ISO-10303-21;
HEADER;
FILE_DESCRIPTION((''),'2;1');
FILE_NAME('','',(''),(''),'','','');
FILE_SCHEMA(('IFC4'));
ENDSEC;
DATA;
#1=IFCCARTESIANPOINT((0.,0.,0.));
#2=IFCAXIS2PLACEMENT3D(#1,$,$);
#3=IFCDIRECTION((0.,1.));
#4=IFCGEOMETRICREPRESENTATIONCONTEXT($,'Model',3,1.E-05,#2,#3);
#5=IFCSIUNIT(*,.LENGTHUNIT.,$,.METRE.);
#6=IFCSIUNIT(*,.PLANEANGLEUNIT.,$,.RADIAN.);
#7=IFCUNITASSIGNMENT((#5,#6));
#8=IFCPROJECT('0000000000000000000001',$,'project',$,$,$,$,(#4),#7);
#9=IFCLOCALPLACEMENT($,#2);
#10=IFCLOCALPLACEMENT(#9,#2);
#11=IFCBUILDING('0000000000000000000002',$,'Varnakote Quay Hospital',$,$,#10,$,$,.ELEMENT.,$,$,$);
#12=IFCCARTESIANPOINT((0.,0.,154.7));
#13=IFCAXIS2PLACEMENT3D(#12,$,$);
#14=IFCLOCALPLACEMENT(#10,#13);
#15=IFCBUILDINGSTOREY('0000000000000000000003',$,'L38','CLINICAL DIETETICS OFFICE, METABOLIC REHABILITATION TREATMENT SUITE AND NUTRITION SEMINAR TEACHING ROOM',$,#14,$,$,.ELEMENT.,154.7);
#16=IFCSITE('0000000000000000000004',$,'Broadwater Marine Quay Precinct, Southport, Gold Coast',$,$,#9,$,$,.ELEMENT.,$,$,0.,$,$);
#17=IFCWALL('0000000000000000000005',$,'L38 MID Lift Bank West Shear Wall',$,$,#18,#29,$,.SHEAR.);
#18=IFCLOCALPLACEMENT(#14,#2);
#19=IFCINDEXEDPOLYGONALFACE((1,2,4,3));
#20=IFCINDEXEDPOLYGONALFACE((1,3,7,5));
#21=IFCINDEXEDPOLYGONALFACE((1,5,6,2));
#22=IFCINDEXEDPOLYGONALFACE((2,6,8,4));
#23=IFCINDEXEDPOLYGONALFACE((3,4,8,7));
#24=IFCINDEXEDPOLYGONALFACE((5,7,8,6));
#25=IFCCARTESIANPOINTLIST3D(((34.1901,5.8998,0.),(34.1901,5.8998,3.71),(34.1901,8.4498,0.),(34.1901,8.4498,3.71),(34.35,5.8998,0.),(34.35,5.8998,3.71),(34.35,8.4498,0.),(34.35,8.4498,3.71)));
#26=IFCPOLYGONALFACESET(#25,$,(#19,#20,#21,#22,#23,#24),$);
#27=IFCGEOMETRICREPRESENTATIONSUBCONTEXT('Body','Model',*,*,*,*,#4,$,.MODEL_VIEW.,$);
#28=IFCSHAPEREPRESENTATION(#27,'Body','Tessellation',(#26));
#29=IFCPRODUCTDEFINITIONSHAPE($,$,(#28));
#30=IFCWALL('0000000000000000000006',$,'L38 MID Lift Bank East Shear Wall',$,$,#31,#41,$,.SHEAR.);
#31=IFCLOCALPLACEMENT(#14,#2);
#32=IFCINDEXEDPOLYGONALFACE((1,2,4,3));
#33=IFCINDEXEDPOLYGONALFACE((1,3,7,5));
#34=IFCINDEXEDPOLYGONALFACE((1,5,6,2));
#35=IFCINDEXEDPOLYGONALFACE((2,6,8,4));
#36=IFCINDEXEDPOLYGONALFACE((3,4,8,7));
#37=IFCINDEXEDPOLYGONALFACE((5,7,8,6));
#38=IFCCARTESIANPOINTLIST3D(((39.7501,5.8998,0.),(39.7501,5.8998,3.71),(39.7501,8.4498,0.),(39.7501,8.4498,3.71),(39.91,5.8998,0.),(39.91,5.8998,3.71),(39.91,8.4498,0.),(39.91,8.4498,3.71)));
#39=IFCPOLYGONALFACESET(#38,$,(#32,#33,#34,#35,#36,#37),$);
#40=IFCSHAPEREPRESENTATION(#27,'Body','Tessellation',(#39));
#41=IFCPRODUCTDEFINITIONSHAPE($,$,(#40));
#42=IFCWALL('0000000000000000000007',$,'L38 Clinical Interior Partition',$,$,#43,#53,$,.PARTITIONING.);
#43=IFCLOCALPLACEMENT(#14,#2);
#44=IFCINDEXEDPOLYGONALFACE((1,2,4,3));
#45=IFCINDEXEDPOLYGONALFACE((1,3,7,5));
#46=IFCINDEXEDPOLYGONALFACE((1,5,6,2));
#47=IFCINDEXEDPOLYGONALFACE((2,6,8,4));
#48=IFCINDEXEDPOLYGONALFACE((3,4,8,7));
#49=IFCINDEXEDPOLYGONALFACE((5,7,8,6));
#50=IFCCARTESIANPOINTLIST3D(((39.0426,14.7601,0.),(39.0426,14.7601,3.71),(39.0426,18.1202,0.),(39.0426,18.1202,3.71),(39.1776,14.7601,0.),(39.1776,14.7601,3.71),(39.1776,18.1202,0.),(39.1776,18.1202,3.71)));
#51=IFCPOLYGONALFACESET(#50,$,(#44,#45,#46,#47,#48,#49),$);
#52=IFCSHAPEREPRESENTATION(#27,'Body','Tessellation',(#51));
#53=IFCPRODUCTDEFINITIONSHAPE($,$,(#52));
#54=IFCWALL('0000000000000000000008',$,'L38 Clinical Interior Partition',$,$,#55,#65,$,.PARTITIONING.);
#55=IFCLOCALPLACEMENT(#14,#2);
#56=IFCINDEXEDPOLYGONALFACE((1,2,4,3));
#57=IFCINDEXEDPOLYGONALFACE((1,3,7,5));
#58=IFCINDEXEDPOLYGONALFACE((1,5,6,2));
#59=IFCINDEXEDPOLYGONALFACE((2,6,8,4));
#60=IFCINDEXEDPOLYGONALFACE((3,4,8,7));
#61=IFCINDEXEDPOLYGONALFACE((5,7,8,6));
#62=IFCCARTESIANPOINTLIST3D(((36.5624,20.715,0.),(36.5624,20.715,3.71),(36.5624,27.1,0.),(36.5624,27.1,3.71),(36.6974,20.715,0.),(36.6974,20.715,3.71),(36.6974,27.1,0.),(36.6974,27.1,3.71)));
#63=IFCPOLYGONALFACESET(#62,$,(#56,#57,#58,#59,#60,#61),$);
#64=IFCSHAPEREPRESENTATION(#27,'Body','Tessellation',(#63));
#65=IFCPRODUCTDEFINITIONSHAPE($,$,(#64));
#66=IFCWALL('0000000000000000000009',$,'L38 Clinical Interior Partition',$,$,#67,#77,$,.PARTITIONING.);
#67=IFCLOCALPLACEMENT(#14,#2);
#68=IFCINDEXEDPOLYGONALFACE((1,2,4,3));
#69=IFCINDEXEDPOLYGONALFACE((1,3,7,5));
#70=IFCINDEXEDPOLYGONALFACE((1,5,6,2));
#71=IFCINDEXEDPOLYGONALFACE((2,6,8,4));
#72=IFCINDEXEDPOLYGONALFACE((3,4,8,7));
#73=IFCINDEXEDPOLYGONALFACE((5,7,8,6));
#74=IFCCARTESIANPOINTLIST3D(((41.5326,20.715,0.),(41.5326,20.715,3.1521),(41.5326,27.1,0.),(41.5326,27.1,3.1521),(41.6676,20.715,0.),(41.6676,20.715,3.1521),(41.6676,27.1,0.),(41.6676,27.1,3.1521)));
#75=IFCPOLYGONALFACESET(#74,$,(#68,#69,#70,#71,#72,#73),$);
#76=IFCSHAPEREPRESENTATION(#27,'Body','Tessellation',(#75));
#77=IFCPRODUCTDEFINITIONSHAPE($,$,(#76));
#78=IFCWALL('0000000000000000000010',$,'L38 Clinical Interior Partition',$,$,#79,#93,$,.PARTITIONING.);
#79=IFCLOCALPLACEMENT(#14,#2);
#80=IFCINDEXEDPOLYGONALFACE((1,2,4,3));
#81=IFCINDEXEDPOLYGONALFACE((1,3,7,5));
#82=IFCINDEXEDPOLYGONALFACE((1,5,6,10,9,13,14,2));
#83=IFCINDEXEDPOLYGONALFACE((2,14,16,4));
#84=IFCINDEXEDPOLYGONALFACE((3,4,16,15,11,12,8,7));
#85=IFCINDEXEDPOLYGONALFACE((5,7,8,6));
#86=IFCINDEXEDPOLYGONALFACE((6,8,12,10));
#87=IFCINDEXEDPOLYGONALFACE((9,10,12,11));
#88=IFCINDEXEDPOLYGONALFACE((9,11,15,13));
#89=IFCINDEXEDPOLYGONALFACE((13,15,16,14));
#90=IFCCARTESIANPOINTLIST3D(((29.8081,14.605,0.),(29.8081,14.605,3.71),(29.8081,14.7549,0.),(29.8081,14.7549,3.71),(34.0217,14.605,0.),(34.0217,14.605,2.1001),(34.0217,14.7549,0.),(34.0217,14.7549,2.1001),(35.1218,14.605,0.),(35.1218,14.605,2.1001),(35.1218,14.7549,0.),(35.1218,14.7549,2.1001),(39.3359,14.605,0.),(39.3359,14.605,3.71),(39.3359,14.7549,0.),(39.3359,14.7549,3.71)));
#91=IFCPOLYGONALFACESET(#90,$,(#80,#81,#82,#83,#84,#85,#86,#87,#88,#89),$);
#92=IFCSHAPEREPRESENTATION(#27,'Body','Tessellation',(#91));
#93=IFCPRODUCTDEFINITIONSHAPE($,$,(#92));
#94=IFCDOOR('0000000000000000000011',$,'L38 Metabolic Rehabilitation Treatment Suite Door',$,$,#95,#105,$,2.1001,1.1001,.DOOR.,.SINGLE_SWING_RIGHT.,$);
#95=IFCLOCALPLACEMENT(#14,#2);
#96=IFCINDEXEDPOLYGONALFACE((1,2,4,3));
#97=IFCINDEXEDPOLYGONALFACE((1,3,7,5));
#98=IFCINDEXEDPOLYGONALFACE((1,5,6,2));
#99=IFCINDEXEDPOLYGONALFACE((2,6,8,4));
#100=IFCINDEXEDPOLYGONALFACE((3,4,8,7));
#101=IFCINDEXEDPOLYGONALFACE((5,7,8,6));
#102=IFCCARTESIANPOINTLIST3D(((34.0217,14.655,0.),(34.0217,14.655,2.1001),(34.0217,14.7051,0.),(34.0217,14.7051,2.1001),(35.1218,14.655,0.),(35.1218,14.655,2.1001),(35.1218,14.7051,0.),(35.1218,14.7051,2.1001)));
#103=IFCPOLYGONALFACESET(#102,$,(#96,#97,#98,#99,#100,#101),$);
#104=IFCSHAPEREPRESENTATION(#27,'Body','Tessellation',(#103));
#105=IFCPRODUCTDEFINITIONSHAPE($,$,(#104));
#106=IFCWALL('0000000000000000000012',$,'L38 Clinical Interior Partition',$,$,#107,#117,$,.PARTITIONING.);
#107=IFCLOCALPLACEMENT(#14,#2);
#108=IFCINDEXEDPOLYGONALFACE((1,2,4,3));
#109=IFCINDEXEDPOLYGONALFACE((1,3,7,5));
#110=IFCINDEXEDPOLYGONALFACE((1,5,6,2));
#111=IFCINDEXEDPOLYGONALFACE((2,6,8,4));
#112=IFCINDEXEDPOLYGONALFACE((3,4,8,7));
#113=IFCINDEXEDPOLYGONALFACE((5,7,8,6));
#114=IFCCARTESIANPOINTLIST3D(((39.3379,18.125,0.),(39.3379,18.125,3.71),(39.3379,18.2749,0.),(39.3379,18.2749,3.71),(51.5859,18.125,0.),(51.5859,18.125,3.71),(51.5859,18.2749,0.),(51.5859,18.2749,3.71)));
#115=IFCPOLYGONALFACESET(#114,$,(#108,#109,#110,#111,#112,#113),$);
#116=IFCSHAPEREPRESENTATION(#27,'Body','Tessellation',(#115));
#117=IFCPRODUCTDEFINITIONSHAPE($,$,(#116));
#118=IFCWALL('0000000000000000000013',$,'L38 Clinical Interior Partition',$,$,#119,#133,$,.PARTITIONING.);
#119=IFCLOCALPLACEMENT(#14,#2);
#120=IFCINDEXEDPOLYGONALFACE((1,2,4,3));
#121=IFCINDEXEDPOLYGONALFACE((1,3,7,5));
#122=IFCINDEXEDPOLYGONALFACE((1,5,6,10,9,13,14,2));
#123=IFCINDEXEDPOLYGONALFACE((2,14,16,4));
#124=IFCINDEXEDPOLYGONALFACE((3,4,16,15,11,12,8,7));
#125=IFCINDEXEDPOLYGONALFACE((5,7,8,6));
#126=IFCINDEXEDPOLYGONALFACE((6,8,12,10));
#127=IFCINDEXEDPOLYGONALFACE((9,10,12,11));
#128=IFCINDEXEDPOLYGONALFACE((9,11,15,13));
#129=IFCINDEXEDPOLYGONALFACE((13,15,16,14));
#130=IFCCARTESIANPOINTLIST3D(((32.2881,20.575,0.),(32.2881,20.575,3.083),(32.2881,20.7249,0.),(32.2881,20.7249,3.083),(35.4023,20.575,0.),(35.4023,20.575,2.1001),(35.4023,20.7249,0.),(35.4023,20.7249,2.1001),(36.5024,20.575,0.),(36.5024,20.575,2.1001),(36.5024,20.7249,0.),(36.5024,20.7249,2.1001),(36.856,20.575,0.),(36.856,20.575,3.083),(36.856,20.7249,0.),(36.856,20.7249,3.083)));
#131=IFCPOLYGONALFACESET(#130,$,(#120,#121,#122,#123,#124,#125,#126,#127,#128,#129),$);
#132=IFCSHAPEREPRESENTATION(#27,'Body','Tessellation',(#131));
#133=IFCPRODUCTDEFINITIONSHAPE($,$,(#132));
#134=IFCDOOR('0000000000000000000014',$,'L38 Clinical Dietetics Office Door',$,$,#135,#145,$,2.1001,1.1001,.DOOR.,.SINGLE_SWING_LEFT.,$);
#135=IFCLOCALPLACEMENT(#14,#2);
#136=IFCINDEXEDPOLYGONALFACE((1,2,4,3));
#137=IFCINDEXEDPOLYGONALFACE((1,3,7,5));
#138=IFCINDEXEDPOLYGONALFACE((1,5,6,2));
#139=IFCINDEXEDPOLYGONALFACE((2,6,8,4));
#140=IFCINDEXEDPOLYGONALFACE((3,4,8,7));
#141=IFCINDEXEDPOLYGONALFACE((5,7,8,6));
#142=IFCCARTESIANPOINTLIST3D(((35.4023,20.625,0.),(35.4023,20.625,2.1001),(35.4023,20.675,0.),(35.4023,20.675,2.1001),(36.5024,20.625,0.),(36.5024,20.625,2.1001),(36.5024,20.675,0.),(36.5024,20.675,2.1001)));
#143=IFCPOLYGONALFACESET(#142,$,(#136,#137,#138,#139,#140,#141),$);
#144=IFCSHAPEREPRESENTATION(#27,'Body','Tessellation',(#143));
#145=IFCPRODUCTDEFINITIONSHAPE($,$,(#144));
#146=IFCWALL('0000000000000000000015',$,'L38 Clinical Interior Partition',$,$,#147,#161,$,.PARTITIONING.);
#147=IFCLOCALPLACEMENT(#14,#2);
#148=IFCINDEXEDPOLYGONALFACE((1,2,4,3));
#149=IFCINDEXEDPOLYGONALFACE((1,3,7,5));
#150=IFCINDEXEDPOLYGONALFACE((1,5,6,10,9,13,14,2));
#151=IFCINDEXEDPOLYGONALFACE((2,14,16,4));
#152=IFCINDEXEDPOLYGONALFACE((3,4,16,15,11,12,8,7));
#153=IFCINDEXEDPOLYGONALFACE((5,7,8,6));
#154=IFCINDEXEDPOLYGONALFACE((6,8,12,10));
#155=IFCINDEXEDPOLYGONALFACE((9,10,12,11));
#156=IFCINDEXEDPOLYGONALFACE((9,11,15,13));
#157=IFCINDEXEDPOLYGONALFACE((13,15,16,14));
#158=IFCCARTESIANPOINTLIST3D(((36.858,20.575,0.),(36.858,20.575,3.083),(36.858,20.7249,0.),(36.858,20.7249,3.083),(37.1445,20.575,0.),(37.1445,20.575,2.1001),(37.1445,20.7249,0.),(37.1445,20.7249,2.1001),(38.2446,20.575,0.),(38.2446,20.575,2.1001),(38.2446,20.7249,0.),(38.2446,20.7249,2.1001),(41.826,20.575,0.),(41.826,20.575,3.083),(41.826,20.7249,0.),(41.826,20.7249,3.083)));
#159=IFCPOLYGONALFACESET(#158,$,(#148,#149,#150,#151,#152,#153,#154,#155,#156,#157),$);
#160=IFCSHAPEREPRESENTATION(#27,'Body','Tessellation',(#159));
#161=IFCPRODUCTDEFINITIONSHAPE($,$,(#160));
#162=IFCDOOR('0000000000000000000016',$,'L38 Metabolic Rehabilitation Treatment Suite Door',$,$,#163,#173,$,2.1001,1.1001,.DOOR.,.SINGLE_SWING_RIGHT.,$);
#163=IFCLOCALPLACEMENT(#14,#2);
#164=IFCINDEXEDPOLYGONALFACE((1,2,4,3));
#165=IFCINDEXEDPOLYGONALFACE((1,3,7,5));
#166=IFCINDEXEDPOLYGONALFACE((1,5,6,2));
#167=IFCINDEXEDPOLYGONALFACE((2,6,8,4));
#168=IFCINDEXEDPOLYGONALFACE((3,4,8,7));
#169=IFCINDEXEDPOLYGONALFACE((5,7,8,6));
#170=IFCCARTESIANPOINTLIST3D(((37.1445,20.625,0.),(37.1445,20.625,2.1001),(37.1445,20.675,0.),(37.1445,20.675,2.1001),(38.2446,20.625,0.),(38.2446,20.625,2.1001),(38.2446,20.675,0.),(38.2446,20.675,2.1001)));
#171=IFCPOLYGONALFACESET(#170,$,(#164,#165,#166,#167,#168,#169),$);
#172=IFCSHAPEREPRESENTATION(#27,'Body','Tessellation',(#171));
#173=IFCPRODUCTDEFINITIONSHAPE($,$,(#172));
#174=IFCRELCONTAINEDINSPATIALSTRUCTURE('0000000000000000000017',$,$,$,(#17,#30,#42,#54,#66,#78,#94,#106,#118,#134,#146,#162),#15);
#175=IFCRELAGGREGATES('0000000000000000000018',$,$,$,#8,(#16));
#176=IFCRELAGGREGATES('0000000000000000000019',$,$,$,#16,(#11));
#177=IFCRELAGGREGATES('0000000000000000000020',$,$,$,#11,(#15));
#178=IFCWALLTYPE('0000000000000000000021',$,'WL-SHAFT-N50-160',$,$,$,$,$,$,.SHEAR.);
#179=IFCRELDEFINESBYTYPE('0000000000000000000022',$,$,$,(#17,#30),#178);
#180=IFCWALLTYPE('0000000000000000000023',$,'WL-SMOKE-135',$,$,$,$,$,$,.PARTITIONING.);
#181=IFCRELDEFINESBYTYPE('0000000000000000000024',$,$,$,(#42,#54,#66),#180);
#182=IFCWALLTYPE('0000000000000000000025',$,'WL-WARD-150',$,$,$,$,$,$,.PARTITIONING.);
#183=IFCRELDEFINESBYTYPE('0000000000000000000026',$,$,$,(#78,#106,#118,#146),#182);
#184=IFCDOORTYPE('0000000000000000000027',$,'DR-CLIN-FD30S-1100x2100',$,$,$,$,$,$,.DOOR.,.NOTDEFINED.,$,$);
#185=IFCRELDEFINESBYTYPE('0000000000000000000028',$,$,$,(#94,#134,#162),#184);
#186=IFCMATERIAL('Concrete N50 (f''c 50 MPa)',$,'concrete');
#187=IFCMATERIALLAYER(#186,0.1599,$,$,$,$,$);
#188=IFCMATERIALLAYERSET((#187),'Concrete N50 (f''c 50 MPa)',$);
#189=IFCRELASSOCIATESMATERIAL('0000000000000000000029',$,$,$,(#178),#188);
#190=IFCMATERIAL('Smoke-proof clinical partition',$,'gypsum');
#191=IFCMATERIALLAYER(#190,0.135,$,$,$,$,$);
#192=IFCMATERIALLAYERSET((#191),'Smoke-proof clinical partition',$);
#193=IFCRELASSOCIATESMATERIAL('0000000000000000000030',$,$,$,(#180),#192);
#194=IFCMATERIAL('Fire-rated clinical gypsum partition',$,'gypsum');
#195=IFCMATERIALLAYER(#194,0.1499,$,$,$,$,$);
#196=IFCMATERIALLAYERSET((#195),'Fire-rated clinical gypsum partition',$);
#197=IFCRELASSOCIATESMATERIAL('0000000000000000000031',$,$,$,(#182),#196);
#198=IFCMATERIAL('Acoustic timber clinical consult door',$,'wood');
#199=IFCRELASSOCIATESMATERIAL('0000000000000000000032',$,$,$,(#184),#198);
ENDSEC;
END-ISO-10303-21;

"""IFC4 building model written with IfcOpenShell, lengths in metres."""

from ifc_helpers import new_model, si_unit, direction, frame, frame_2d, origin, place, context, subcontext, project, spatial, rectangle, extrude, material, layer, layer_set, type_object, element, fill, save


model = new_model("IFC4")

# Units and contexts
model_context = context("Model", 3, precision=1e-05, world=origin(), true_north=direction((0.0, 1.0)))
body_context = subcontext(model_context, "Body", "Model", "MODEL_VIEW")
ifc_project = project(units=[si_unit("LENGTHUNIT", "METRE"), si_unit("PLANEANGLEUNIT", "RADIAN")], contexts=[model_context])

# Site, building, storey
site_placement = place(None, origin())
site = spatial("IfcSite", under=ifc_project, at=site_placement, Name="Broadwater Marine Quay Precinct, Southport, Gold Coast", CompositionType="ELEMENT", RefElevation=0.0)
building_placement = place(site_placement, origin())
building = spatial("IfcBuilding", under=site, at=building_placement, Name="Varnakote Quay Hospital", CompositionType="ELEMENT")
storey_placement = place(building_placement, frame((0.0, 0.0, 154.7)))
storey = spatial("IfcBuildingStorey", under=building, at=storey_placement, Name="L38", Description="CLINICAL DIETETICS OFFICE, METABOLIC REHABILITATION TREATMENT SUITE AND NUTRITION SEMINAR TEACHING ROOM", CompositionType="ELEMENT", Elevation=154.7)

# Walls
ifc_material_1 = material(Name="Concrete N50 (f'c 50 MPa)", Category="concrete")
ifc_layer_1 = layer(ifc_material_1, 0.1599)
ifc_layer_set_1 = layer_set([ifc_layer_1], Name="Concrete N50 (f'c 50 MPa)")
wall_type_1 = type_object("IfcWallType", Name="WL-SHAFT-N50-160", PredefinedType="SHEAR", material=ifc_layer_set_1)
for number, where, z_axis, x_axis, name in (
    (1, (34.27, 5.8999, 0.0), (0.0, 0.0, 1.0), (0.0, 1.0, 0.0), "L38 MID Lift Bank West Shear Wall"),
    (2, (39.8301, 5.8999, 0.0), (0.0, 0.0, 1.0), (0.0, 1.0, 0.0), "L38 MID Lift Bank East Shear Wall"),
):
    element("IfcWall", number, at=place(storey_placement, frame(where, z_axis=z_axis, x_axis=x_axis)), inside=storey, type_object=wall_type_1, Name=name, PredefinedType="SHEAR", context=body_context, shape_type="SweptSolid", body=[
        extrude(rectangle(XDim=2.55, YDim=0.1599, at=frame_2d((1.2749, 0.0))), origin(), (0.0, 0.0, 1.0), 3.71),
    ])

# Walls
ifc_material_2 = material(Name="Smoke-proof clinical partition", Category="gypsum")
ifc_layer_2 = layer(ifc_material_2, 0.135)
ifc_layer_set_2 = layer_set([ifc_layer_2], Name="Smoke-proof clinical partition")
wall_type_2 = type_object("IfcWallType", Name="WL-SMOKE-135", PredefinedType="PARTITIONING", material=ifc_layer_set_2)
wall_1_placement = place(storey_placement, frame((39.1101, 14.76, 0.0), z_axis=(0.0, 0.0, 1.0), x_axis=(0.0, 1.0, 0.0)))
element("IfcWall", 3, at=wall_1_placement, inside=storey, type_object=wall_type_2, Name="L38 Clinical Interior Partition", PredefinedType="PARTITIONING", context=body_context, shape_type="SweptSolid", body=[
    extrude(rectangle(XDim=3.3601, YDim=0.135, at=frame_2d((1.6802, 0.0))), origin(), (0.0, 0.0, 1.0), 3.71),
])
wall_2_placement = place(storey_placement, frame((36.6299, 20.7151, 0.0), z_axis=(0.0, 0.0, 1.0), x_axis=(0.0, 1.0, 0.0)))
element("IfcWall", 4, at=wall_2_placement, inside=storey, type_object=wall_type_2, Name="L38 Clinical Interior Partition", PredefinedType="PARTITIONING", context=body_context, shape_type="SweptSolid", body=[
    extrude(rectangle(XDim=6.385, YDim=0.135, at=frame_2d((3.1924, 0.0))), origin(), (0.0, 0.0, 1.0), 3.71),
])
wall_3_placement = place(storey_placement, frame((41.6001, 20.7151, 0.0), z_axis=(0.0, 0.0, 1.0), x_axis=(0.0, 1.0, 0.0)))
element("IfcWall", 5, at=wall_3_placement, inside=storey, type_object=wall_type_2, Name="L38 Clinical Interior Partition", PredefinedType="PARTITIONING", context=body_context, shape_type="SweptSolid", body=[
    extrude(rectangle(XDim=6.385, YDim=0.135, at=frame_2d((3.1924, 0.0))), origin(), (0.0, 0.0, 1.0), 3.1521),
])

# Wall, opening, door
ifc_material_3 = material(Name="Fire-rated clinical gypsum partition", Category="gypsum")
ifc_layer_3 = layer(ifc_material_3, 0.1499)
ifc_layer_set_3 = layer_set([ifc_layer_3], Name="Fire-rated clinical gypsum partition")
wall_type_3 = type_object("IfcWallType", Name="WL-WARD-150", PredefinedType="PARTITIONING", material=ifc_layer_set_3)
wall_4_placement = place(storey_placement, frame((39.3359, 14.6799, 0.0), z_axis=(0.0, 0.0, 1.0), x_axis=(-1.0, 0.0, 0.0)))
wall_4 = element("IfcWall", 6, at=wall_4_placement, inside=storey, type_object=wall_type_3, Name="L38 Clinical Interior Partition", PredefinedType="PARTITIONING", context=body_context, shape_type="SweptSolid", body=[
    extrude(rectangle(XDim=9.5278, YDim=0.1499, at=frame_2d((4.7639, 0.0))), origin(), (0.0, 0.0, 1.0), 3.71),
])
opening_1_placement = place(wall_4_placement, frame((4.2141, 0.0, 0.0)))
opening_1 = element("IfcOpeningElement", 7, at=opening_1_placement, cuts=wall_4, PredefinedType="OPENING", context=body_context, shape_type="SweptSolid", body=[
    extrude(rectangle(XDim=1.1001, YDim=2.1001, at=frame_2d((0.55, 1.05))), frame((0.0, 0.085, 0.0), z_axis=(0.0, -1.0, 0.0), x_axis=(1.0, 0.0, 0.0)), (0.0, 0.0, 1.0), 0.1699),
])
ifc_material_4 = material(Name="Acoustic timber clinical consult door", Category="wood")
door_type_1 = type_object("IfcDoorType", Name="DR-CLIN-FD30S-1100x2100", OperationType="NOTDEFINED", PredefinedType="DOOR", material=ifc_material_4)
door_1_placement = place(opening_1_placement, origin())
door_1 = element("IfcDoor", 8, at=door_1_placement, inside=storey, type_object=door_type_1, Name="L38 Metabolic Rehabilitation Treatment Suite Door", OperationType="SINGLE_SWING_RIGHT", OverallHeight=2.1001, OverallWidth=1.1001, PredefinedType="DOOR", context=body_context, shape_type="SweptSolid", body=[
    extrude(rectangle(XDim=1.1001, YDim=2.1001, at=frame_2d((0.55, 1.05))), frame((0.0, 0.0249, 0.0), z_axis=(0.0, -1.0, 0.0), x_axis=(1.0, 0.0, 0.0)), (0.0, 0.0, 1.0), 0.05),
])
fill(opening_1, door_1)

# Wall
wall_5_placement = place(storey_placement, frame((39.3379, 18.2, 0.0), z_axis=(0.0, 0.0, 1.0), x_axis=(1.0, 0.0, 0.0)))
element("IfcWall", 9, at=wall_5_placement, inside=storey, type_object=wall_type_3, Name="L38 Clinical Interior Partition", PredefinedType="PARTITIONING", context=body_context, shape_type="SweptSolid", body=[
    extrude(rectangle(XDim=12.248, YDim=0.1499, at=frame_2d((6.124, 0.0))), origin(), (0.0, 0.0, 1.0), 3.71),
])

# Walls, openings, doors
wall_6_placement = place(storey_placement, frame((36.856, 20.6499, 0.0), z_axis=(0.0, 0.0, 1.0), x_axis=(-1.0, 0.0, 0.0)))
wall_6 = element("IfcWall", 10, at=wall_6_placement, inside=storey, type_object=wall_type_3, Name="L38 Clinical Interior Partition", PredefinedType="PARTITIONING", context=body_context, shape_type="SweptSolid", body=[
    extrude(rectangle(XDim=4.5679, YDim=0.1499, at=frame_2d((2.2839, 0.0))), origin(), (0.0, 0.0, 1.0), 3.083),
])
opening_2_placement = place(wall_6_placement, frame((0.3535, 0.0, 0.0)))
opening_2 = element("IfcOpeningElement", 11, at=opening_2_placement, cuts=wall_6, PredefinedType="OPENING", context=body_context, shape_type="SweptSolid", body=[
    extrude(rectangle(XDim=1.1001, YDim=2.1001, at=frame_2d((0.55, 1.05))), frame((0.0, 0.085, 0.0), z_axis=(0.0, -1.0, 0.0), x_axis=(1.0, 0.0, 0.0)), (0.0, 0.0, 1.0), 0.1699),
])
door_2_placement = place(opening_2_placement, origin())
door_2 = element("IfcDoor", 12, at=door_2_placement, inside=storey, type_object=door_type_1, Name="L38 Clinical Dietetics Office Door", OperationType="SINGLE_SWING_LEFT", OverallHeight=2.1001, OverallWidth=1.1001, PredefinedType="DOOR", context=body_context, shape_type="SweptSolid", body=[
    extrude(rectangle(XDim=1.1001, YDim=2.1001, at=frame_2d((0.55, 1.05))), frame((0.0, 0.0249, 0.0), z_axis=(0.0, -1.0, 0.0), x_axis=(1.0, 0.0, 0.0)), (0.0, 0.0, 1.0), 0.05),
])
fill(opening_2, door_2)
wall_7_placement = place(storey_placement, frame((41.8259, 20.6499, 0.0), z_axis=(0.0, 0.0, 1.0), x_axis=(-1.0, 0.0, 0.0)))
wall_7 = element("IfcWall", 13, at=wall_7_placement, inside=storey, type_object=wall_type_3, Name="L38 Clinical Interior Partition", PredefinedType="PARTITIONING", context=body_context, shape_type="SweptSolid", body=[
    extrude(rectangle(XDim=4.968, YDim=0.1499, at=frame_2d((2.4839, 0.0))), origin(), (0.0, 0.0, 1.0), 3.083),
])
opening_3_placement = place(wall_7_placement, frame((3.5813, 0.0, 0.0)))
opening_3 = element("IfcOpeningElement", 14, at=opening_3_placement, cuts=wall_7, PredefinedType="OPENING", context=body_context, shape_type="SweptSolid", body=[
    extrude(rectangle(XDim=1.1001, YDim=2.1001, at=frame_2d((0.55, 1.05))), frame((0.0, 0.085, 0.0), z_axis=(0.0, -1.0, 0.0), x_axis=(1.0, 0.0, 0.0)), (0.0, 0.0, 1.0), 0.1699),
])
door_3_placement = place(opening_3_placement, origin())
door_3 = element("IfcDoor", 15, at=door_3_placement, inside=storey, type_object=door_type_1, Name="L38 Metabolic Rehabilitation Treatment Suite Door", OperationType="SINGLE_SWING_RIGHT", OverallHeight=2.1001, OverallWidth=1.1001, PredefinedType="DOOR", context=body_context, shape_type="SweptSolid", body=[
    extrude(rectangle(XDim=1.1001, YDim=2.1001, at=frame_2d((0.55, 1.05))), frame((0.0, 0.0249, 0.0), z_axis=(0.0, -1.0, 0.0), x_axis=(1.0, 0.0, 0.0)), (0.0, 0.0, 1.0), 0.05),
])
fill(opening_3, door_3)

save(model, "model.ifc")
